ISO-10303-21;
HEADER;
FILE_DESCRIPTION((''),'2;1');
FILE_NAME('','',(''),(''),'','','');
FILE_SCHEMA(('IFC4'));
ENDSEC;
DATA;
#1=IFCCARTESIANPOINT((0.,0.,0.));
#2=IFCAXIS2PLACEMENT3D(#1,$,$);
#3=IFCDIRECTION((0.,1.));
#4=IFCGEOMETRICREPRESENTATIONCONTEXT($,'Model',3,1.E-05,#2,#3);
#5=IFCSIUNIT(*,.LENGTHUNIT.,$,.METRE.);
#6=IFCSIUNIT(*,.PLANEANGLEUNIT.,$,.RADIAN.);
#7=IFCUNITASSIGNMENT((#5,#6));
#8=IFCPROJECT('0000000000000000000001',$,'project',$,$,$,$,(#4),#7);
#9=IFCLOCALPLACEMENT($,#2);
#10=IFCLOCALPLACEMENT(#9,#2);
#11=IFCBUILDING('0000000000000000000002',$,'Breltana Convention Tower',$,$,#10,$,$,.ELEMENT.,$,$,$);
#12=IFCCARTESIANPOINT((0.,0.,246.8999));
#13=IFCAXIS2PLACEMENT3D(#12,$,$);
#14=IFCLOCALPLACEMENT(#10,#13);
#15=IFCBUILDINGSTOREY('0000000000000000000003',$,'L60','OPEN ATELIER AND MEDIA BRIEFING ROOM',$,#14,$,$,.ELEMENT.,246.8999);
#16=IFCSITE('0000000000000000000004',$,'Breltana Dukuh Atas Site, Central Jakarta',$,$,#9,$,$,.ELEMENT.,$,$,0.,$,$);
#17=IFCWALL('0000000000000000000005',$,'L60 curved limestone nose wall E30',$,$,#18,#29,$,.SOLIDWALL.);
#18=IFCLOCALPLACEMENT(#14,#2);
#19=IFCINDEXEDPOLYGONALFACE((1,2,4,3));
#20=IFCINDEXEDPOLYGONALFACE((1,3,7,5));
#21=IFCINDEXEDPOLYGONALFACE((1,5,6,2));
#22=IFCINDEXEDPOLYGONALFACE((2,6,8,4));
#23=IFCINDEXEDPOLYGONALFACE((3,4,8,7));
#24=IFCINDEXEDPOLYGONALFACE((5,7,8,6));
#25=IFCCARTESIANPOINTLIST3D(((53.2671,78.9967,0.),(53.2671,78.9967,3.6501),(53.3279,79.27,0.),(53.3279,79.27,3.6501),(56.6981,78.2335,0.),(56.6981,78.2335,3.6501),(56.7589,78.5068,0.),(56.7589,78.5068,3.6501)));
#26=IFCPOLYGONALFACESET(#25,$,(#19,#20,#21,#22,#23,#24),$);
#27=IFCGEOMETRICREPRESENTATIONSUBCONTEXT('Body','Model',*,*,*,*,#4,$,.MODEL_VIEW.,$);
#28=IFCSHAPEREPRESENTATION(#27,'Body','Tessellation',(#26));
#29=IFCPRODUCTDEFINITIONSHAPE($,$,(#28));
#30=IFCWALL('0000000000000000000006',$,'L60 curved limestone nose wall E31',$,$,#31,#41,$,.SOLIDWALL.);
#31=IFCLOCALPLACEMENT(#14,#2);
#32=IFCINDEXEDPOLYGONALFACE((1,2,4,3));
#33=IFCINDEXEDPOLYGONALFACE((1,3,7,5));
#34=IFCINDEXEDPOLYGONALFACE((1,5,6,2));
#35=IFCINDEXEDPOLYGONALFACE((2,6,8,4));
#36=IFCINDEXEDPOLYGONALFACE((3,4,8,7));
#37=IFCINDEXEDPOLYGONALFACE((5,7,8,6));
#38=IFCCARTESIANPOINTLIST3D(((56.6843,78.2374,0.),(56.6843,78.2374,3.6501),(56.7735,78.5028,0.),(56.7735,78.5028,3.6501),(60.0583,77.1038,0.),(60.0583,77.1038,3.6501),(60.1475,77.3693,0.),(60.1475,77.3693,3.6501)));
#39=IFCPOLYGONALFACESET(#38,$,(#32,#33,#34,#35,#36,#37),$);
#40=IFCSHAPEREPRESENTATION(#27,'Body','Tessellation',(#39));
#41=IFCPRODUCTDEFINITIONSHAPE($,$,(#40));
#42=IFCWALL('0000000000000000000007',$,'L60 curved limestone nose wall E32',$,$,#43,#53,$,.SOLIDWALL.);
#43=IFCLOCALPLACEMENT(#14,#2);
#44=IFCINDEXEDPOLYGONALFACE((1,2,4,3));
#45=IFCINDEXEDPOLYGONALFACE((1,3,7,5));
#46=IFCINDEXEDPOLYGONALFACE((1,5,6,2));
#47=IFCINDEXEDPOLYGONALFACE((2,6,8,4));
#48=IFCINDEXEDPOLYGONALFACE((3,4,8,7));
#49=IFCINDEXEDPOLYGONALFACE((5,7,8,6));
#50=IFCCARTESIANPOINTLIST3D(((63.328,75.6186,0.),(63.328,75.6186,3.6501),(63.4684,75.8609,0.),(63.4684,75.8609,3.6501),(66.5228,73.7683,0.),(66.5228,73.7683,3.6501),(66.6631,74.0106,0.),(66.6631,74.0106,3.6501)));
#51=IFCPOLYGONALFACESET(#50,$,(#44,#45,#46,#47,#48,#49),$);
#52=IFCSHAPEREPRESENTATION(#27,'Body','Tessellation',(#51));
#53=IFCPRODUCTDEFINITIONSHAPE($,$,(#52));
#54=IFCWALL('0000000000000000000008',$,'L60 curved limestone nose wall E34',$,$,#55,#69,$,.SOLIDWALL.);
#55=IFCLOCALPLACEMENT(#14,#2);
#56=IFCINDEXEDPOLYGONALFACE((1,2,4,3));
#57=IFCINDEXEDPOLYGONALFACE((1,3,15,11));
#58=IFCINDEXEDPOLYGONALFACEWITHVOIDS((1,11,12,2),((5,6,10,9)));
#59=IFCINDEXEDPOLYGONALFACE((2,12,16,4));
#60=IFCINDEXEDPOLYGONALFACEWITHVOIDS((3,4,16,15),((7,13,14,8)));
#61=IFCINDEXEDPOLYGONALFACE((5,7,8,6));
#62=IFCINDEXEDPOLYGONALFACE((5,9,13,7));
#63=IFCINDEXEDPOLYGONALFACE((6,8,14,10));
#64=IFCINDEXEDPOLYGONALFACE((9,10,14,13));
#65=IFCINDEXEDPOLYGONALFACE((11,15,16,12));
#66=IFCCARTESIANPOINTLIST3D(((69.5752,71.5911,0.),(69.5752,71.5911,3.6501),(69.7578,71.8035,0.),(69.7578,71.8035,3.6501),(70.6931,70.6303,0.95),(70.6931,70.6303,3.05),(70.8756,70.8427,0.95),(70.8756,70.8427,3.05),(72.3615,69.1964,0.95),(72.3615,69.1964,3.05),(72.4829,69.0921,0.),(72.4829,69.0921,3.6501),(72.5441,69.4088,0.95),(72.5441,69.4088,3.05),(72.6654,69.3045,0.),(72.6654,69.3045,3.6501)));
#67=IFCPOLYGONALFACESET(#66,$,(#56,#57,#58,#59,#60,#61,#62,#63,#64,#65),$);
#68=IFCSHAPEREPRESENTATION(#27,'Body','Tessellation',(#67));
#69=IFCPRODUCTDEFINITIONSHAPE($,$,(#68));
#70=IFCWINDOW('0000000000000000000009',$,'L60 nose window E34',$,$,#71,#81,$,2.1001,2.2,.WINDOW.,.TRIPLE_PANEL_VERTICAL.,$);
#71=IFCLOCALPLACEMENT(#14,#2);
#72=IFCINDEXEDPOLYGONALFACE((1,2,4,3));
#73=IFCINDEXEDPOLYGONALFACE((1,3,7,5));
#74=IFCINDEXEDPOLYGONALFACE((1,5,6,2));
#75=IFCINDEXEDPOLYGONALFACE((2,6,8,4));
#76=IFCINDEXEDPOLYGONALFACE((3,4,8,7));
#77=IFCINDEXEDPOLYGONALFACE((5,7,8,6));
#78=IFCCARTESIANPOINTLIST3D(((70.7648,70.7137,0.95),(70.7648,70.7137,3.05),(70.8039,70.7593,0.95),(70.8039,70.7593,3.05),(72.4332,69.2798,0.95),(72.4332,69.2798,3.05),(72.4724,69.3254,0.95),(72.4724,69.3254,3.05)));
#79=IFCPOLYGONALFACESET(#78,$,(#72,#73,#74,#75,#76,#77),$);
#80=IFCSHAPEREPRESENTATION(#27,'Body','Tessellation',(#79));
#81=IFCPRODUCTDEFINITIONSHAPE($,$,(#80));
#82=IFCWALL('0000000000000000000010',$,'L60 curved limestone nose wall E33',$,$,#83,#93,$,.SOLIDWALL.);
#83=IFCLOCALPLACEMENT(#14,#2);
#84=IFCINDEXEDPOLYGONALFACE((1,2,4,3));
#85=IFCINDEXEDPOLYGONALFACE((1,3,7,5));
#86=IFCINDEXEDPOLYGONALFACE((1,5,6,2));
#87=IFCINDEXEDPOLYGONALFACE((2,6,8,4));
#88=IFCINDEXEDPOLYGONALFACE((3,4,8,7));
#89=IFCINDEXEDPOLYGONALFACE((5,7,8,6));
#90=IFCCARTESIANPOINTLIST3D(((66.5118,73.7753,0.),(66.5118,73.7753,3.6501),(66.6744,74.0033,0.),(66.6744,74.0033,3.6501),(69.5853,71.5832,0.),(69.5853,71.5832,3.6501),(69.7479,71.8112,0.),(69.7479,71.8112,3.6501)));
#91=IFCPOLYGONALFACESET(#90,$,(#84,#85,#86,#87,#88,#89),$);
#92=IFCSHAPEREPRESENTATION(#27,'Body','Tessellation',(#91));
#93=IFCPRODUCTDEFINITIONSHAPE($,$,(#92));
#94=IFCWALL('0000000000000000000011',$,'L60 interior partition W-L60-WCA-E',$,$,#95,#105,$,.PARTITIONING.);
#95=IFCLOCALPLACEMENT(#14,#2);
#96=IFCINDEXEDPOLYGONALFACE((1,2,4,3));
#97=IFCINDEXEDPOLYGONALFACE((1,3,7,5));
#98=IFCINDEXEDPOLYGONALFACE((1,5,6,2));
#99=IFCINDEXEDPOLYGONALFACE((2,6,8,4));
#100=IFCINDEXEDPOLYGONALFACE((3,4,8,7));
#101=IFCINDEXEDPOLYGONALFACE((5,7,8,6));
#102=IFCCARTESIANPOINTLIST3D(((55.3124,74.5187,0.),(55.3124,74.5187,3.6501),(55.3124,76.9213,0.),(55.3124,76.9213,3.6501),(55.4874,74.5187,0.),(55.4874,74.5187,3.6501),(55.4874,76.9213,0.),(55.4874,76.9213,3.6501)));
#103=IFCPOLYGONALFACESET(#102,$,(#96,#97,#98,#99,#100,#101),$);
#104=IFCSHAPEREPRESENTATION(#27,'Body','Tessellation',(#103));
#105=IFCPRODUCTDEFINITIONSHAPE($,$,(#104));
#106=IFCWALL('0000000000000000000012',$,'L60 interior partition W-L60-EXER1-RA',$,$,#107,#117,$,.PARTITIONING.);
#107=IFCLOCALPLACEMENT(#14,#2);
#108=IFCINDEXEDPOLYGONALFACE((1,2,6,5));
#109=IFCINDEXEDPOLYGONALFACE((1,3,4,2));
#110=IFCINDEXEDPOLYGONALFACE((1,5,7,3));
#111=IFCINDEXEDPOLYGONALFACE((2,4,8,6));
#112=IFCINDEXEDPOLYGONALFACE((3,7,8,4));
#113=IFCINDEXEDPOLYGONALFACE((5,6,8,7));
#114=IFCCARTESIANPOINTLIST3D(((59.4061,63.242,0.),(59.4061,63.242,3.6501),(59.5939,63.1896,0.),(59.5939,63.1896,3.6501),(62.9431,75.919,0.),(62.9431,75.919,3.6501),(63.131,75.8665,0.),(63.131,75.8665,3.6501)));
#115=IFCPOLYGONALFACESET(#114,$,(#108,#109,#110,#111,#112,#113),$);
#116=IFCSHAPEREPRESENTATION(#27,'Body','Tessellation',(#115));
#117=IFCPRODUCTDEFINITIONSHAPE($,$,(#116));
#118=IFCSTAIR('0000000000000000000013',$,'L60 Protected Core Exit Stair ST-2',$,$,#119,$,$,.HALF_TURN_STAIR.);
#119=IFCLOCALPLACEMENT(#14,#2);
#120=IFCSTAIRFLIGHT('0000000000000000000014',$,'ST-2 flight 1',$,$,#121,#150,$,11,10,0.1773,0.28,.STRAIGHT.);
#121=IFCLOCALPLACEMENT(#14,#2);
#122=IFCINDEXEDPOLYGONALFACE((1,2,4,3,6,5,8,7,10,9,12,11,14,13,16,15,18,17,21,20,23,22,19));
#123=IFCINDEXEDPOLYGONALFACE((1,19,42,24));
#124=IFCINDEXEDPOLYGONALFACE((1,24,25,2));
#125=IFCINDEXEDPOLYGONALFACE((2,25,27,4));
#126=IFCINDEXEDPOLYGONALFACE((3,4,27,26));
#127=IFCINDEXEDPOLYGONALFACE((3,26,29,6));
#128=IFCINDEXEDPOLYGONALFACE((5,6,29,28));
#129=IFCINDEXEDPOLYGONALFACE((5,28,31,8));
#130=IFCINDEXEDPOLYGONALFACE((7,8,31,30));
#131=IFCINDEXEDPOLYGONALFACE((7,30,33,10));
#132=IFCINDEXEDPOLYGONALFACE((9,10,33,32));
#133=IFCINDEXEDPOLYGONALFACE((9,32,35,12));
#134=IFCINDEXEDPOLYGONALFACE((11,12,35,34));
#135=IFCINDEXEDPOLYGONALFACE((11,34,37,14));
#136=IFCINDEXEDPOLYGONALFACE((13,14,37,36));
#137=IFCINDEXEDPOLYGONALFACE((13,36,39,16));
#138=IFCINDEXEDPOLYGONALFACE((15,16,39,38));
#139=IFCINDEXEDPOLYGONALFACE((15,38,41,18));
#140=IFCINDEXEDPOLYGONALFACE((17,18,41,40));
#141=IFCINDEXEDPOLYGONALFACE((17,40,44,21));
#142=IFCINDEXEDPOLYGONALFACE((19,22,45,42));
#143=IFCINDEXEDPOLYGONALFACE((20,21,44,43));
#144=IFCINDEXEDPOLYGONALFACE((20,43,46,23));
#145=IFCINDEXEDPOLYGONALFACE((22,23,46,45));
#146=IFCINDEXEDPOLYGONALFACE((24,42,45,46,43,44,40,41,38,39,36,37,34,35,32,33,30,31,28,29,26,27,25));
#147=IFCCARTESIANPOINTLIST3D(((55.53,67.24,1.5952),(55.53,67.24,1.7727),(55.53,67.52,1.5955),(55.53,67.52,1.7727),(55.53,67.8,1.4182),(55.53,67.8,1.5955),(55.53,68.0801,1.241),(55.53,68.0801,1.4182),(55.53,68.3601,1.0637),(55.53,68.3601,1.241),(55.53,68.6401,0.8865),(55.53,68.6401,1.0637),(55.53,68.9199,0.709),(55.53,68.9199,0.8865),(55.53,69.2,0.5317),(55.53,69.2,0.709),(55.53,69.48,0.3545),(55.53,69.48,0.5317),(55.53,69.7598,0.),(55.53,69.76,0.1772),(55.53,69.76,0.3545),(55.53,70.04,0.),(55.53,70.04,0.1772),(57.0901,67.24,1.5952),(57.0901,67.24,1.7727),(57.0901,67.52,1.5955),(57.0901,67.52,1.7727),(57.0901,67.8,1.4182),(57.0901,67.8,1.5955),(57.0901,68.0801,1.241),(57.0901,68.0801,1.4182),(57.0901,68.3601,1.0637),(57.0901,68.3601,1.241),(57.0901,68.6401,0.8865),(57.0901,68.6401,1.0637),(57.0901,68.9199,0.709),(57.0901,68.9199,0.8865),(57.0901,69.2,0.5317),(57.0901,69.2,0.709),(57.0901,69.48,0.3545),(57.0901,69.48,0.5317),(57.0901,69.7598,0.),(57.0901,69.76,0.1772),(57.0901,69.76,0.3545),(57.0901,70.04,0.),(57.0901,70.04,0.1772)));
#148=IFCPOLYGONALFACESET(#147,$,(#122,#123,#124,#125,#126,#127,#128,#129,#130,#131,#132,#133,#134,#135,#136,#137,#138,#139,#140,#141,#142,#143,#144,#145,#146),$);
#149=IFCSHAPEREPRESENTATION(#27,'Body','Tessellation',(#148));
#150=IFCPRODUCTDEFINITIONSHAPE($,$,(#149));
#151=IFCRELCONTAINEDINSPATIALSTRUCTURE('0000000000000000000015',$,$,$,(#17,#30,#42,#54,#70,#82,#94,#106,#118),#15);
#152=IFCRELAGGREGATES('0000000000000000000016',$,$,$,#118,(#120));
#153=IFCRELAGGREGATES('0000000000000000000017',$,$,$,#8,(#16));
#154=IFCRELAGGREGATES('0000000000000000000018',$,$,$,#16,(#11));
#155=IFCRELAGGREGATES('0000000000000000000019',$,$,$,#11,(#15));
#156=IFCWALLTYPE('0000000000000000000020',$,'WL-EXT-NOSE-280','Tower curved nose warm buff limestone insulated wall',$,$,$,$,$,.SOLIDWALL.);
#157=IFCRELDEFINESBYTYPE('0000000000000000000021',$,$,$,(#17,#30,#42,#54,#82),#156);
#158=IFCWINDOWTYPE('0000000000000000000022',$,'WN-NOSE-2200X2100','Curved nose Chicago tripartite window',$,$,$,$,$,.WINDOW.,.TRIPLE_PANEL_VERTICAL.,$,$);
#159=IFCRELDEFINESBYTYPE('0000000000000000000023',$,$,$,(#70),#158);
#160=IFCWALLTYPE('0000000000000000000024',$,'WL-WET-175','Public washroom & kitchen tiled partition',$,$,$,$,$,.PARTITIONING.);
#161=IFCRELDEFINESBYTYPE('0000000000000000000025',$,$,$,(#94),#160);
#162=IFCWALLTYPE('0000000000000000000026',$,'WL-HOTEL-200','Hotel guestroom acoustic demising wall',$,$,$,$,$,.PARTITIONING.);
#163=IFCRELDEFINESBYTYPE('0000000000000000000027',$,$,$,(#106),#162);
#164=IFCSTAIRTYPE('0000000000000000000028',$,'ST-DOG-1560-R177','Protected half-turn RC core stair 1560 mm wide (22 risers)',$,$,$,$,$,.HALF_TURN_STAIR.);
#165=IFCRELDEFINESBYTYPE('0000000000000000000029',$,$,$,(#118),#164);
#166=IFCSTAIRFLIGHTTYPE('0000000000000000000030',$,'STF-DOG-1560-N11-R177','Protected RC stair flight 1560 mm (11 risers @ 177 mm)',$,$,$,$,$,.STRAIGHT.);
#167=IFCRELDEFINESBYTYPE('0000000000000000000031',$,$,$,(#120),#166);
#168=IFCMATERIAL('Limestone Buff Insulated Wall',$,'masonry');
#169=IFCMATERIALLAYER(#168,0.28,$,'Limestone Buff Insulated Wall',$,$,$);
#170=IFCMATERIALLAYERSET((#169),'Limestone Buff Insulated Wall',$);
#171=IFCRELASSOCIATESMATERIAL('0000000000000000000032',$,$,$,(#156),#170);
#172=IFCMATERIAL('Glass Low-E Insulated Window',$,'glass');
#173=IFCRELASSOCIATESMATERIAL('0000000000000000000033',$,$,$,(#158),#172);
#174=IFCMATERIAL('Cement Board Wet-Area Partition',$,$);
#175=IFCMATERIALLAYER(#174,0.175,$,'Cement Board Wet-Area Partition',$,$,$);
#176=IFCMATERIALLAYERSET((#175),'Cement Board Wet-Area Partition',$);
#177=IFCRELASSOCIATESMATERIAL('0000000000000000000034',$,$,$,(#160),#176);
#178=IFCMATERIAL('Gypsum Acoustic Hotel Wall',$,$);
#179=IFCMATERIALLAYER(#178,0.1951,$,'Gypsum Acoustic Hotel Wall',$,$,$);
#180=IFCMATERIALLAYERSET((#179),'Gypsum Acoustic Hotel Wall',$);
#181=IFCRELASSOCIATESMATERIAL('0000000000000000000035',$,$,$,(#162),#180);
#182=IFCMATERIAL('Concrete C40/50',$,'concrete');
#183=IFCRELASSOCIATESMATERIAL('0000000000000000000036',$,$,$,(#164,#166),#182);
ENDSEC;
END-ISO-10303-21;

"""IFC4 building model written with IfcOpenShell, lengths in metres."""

from ifc_helpers import new_model, si_unit, direction, frame, frame_2d, origin, place, context, subcontext, project, spatial, polyline, rectangle, outline, extrude, source, transform, mapped, material, layer, layer_set, type_object, type_shapes, element, fill, aggregate, save


model = new_model("IFC4")

# Units and contexts
model_context = context("Model", 3, precision=1e-05, world=origin(), true_north=direction((0.0, 1.0)))
body_context = subcontext(model_context, "Body", "Model", "MODEL_VIEW")
ifc_project = project(units=[si_unit("LENGTHUNIT", "METRE"), si_unit("PLANEANGLEUNIT", "RADIAN")], contexts=[model_context])

# Site, building, storey
site_placement = place(None, origin())
site = spatial("IfcSite", under=ifc_project, at=site_placement, Name="Breltana Dukuh Atas Site, Central Jakarta", CompositionType="ELEMENT", RefElevation=0.0)
building_placement = place(site_placement, origin())
building = spatial("IfcBuilding", under=site, at=building_placement, Name="Breltana Convention Tower", CompositionType="ELEMENT")
storey_placement = place(building_placement, frame((0.0, 0.0, 246.8999)))
storey = spatial("IfcBuildingStorey", under=building, at=storey_placement, Name="L60", Description="OPEN ATELIER AND MEDIA BRIEFING ROOM", CompositionType="ELEMENT", Elevation=246.8999)

# Shared definitions
ifc_material_1 = material(Name="Limestone Buff Insulated Wall", Category="masonry")
ifc_layer_1 = layer(ifc_material_1, 0.28, Name="Limestone Buff Insulated Wall")
ifc_layer_set_1 = layer_set([ifc_layer_1], Name="Limestone Buff Insulated Wall")
wall_type_1 = type_object("IfcWallType", Name="WL-EXT-NOSE-280", Description="Tower curved nose warm buff limestone insulated wall", PredefinedType="SOLIDWALL", material=ifc_layer_set_1)
ifc_material_2 = material(Name="Glass Low-E Insulated Window", Category="glass")
window_type = type_object("IfcWindowType", Name="WN-NOSE-2200X2100", Description="Curved nose Chicago tripartite window", PartitioningType="TRIPLE_PANEL_VERTICAL", PredefinedType="WINDOW", material=ifc_material_2)
shared_shape_1 = source(origin(), body_context, "Body", "SweptSolid", [
    extrude(rectangle(XDim=2.2, YDim=2.1001, at=frame_2d((1.1001, 1.05))), frame((0.0, 0.03, 0.0), z_axis=(0.0, -1.0, 0.0), x_axis=(1.0, 0.0, 0.0)), (0.0, 0.0, 1.0), 0.0601),
])
type_shapes(window_type, [shared_shape_1])

# Walls
shared_shape_2 = source(origin(), body_context, "Body", "SweptSolid", [
    extrude(rectangle(XDim=3.5149, YDim=0.28, at=frame_2d((1.7573, 0.0))), origin(), (0.0, 0.0, 1.0), 3.6501),
])
wall_1_placement = place(storey_placement, frame((53.2976, 79.1333, 0.0), z_axis=(0.0, 0.0, 1.0), x_axis=(0.976145, -0.217122, 0.0)))
element("IfcWall", 1, at=wall_1_placement, inside=storey, type_object=wall_type_1, Name="L60 curved limestone nose wall E30", PredefinedType="SOLIDWALL", context=body_context, shape_type="MappedRepresentation", body=[
    mapped(shared_shape_2, transform((0.0, 0.0, 0.0), scale=1.0)),
])
shared_shape_3 = source(origin(), body_context, "Body", "SweptSolid", [
    extrude(rectangle(XDim=3.5593, YDim=0.28, at=frame_2d((1.7798, 0.0))), origin(), (0.0, 0.0, 1.0), 3.6501),
])
wall_2_placement = place(storey_placement, frame((56.7288, 78.3701, 0.0), z_axis=(0.0, 0.0, 1.0), x_axis=(0.947933, -0.31847, 0.0)))
element("IfcWall", 2, at=wall_2_placement, inside=storey, type_object=wall_type_1, Name="L60 curved limestone nose wall E31", PredefinedType="SOLIDWALL", context=body_context, shape_type="MappedRepresentation", body=[
    mapped(shared_shape_3, transform((0.0, 0.0, 0.0), scale=1.0)),
])
shared_shape_4 = source(origin(), body_context, "Body", "SweptSolid", [
    extrude(rectangle(XDim=3.6919, YDim=0.28, at=frame_2d((1.8459, 0.0))), origin(), (0.0, 0.0, 1.0), 3.6501),
])
wall_3_placement = place(storey_placement, frame((63.3982, 75.7397, 0.0), z_axis=(0.0, 0.0, 1.0), x_axis=(0.865343, -0.50118, 0.0)))
element("IfcWall", 3, at=wall_3_placement, inside=storey, type_object=wall_type_1, Name="L60 curved limestone nose wall E32", PredefinedType="SOLIDWALL", context=body_context, shape_type="MappedRepresentation", body=[
    mapped(shared_shape_4, transform((0.0, 0.0, 0.0), scale=1.0)),
])

# Wall, opening, window
shared_shape_5 = source(origin(), body_context, "Body", "SweptSolid", [
    extrude(rectangle(XDim=3.834, YDim=0.28, at=frame_2d((1.917, 0.0))), origin(), (0.0, 0.0, 1.0), 3.6501),
])
wall_4_placement = place(storey_placement, frame((69.6665, 71.6973, 0.0), z_axis=(0.0, 0.0, 1.0), x_axis=(0.758393, -0.651798, 0.0)))
wall_4 = element("IfcWall", 4, at=wall_4_placement, inside=storey, type_object=wall_type_1, Name="L60 curved limestone nose wall E34", PredefinedType="SOLIDWALL", context=body_context, shape_type="MappedRepresentation", body=[
    mapped(shared_shape_5, transform((0.0, 0.0, 0.0), scale=1.0)),
])
opening_1_placement = place(wall_4_placement, frame((1.4739, 0.0, 0.95)))
opening_1 = element("IfcOpeningElement", 5, at=opening_1_placement, cuts=wall_4, PredefinedType="OPENING", context=body_context, shape_type="SweptSolid", body=[
    extrude(rectangle(XDim=2.2, YDim=2.1001, at=frame_2d((1.1001, 1.05))), frame((0.0, 0.1499, 0.0), z_axis=(0.0, -1.0, 0.0), x_axis=(1.0, 0.0, 0.0)), (0.0, 0.0, 1.0), 0.3),
])
window_1_placement = place(opening_1_placement, origin())
window_1 = element("IfcWindow", 6, at=window_1_placement, inside=storey, type_object=window_type, Name="L60 nose window E34", OverallHeight=2.1001, OverallWidth=2.2, PartitioningType="TRIPLE_PANEL_VERTICAL", PredefinedType="WINDOW", context=body_context, shape_type="MappedRepresentation", body=[
    mapped(shared_shape_1, transform((0.0, 0.0, 0.0), scale=1.0)),
])
fill(opening_1, window_1)

# Walls
shared_shape_6 = source(origin(), body_context, "Body", "SweptSolid", [
    extrude(rectangle(XDim=3.7751, YDim=0.28, at=frame_2d((1.8877, 0.0))), origin(), (0.0, 0.0, 1.0), 3.6501),
])
wall_5_placement = place(storey_placement, frame((66.593, 73.8894, 0.0), z_axis=(0.0, 0.0, 1.0), x_axis=(0.814135, -0.580675, 0.0)))
element("IfcWall", 7, at=wall_5_placement, inside=storey, type_object=wall_type_1, Name="L60 curved limestone nose wall E33", PredefinedType="SOLIDWALL", context=body_context, shape_type="MappedRepresentation", body=[
    mapped(shared_shape_6, transform((0.0, 0.0, 0.0), scale=1.0)),
])
ifc_material_3 = material(Name="Cement Board Wet-Area Partition")
ifc_layer_2 = layer(ifc_material_3, 0.175, Name="Cement Board Wet-Area Partition")
ifc_layer_set_2 = layer_set([ifc_layer_2], Name="Cement Board Wet-Area Partition")
wall_type_2 = type_object("IfcWallType", Name="WL-WET-175", Description="Public washroom & kitchen tiled partition", PredefinedType="PARTITIONING", material=ifc_layer_set_2)
shared_shape_7 = source(origin(), body_context, "Body", "SweptSolid", [
    extrude(rectangle(XDim=2.4026, YDim=0.175, at=frame_2d((1.2012, 0.0))), origin(), (0.0, 0.0, 1.0), 3.6501),
])
wall_6_placement = place(storey_placement, frame((55.3999, 74.5188, 0.0), z_axis=(0.0, 0.0, 1.0), x_axis=(0.0, 1.0, 0.0)))
element("IfcWall", 8, at=wall_6_placement, inside=storey, type_object=wall_type_2, Name="L60 interior partition W-L60-WCA-E", PredefinedType="PARTITIONING", context=body_context, shape_type="MappedRepresentation", body=[
    mapped(shared_shape_7, transform((0.0, 0.0, 0.0), scale=1.0)),
])
ifc_material_4 = material(Name="Gypsum Acoustic Hotel Wall")
ifc_layer_3 = layer(ifc_material_4, 0.1951, Name="Gypsum Acoustic Hotel Wall")
ifc_layer_set_3 = layer_set([ifc_layer_3], Name="Gypsum Acoustic Hotel Wall")
wall_type_3 = type_object("IfcWallType", Name="WL-HOTEL-200", Description="Hotel guestroom acoustic demising wall", PredefinedType="PARTITIONING", material=ifc_layer_set_3)
shared_shape_8 = source(origin(), body_context, "Body", "SweptSolid", [
    extrude(rectangle(XDim=13.1611, YDim=0.1951, at=frame_2d((6.5806, 0.0))), origin(), (0.0, 0.0, 1.0), 3.6501),
])
wall_7_placement = place(storey_placement, frame((59.5, 63.2158, 0.0), z_axis=(0.0, 0.0, 1.0), x_axis=(0.268753, 0.963209, 0.0)))
element("IfcWall", 9, at=wall_7_placement, inside=storey, type_object=wall_type_3, Name="L60 interior partition W-L60-EXER1-RA", PredefinedType="PARTITIONING", context=body_context, shape_type="MappedRepresentation", body=[
    mapped(shared_shape_8, transform((0.0, 0.0, 0.0), scale=1.0)),
])

# Stair, stair flight
ifc_material_5 = material(Name="Concrete C40/50", Category="concrete")
stair_type = type_object("IfcStairType", Name="ST-DOG-1560-R177", Description="Protected half-turn RC core stair 1560 mm wide (22 risers)", PredefinedType="HALF_TURN_STAIR", material=ifc_material_5)
stair_placement = place(storey_placement, origin())
stair = element("IfcStair", 10, at=stair_placement, inside=storey, type_object=stair_type, Name="L60 Protected Core Exit Stair ST-2", PredefinedType="HALF_TURN_STAIR")
stair_flight_type = type_object("IfcStairFlightType", Name="STF-DOG-1560-N11-R177", Description="Protected RC stair flight 1560 mm (11 risers @ 177 mm)", PredefinedType="STRAIGHT", material=ifc_material_5)
stair_flight_1_placement = place(storey_placement, frame((56.3101, 70.04, 0.0), z_axis=(0.0, 0.0, 1.0), x_axis=(0.0, -1.0, 0.0)))
stair_flight_1 = element("IfcStairFlight", 11, at=stair_flight_1_placement, type_object=stair_flight_type, Name="ST-2 flight 1", NumberOfRisers=11, NumberOfTreads=10, PredefinedType="STRAIGHT", RiserHeight=0.1773, TreadLength=0.28, context=body_context, shape_type="SweptSolid", body=[
    extrude(outline(polyline([(0.0, 0.0), (0.0, 0.1772), (0.28, 0.1772), (0.28, 0.3545), (0.5601, 0.3545), (0.5601, 0.5317), (0.8401, 0.5317), (0.8401, 0.709), (1.1201, 0.709), (1.1201, 0.8865), (1.3999, 0.8865), (1.3999, 1.0637), (1.6799, 1.0637), (1.6799, 1.241), (1.96, 1.241), (1.96, 1.4182), (2.24, 1.4182), (2.24, 1.5955), (2.52, 1.5955), (2.52, 1.7727), (2.8, 1.7727), (2.8, 1.95), (2.8, 1.5952), (0.2803, 0.0), (0.0, 0.0)])), frame((0.0, 0.78, 0.0), z_axis=(0.0, -1.0, 0.0), x_axis=(1.0, 0.0, 0.0)), (0.0, 0.0, 1.0), 1.5601),
])
aggregate(stair, [stair_flight_1])

save(model, "model.ifc")
